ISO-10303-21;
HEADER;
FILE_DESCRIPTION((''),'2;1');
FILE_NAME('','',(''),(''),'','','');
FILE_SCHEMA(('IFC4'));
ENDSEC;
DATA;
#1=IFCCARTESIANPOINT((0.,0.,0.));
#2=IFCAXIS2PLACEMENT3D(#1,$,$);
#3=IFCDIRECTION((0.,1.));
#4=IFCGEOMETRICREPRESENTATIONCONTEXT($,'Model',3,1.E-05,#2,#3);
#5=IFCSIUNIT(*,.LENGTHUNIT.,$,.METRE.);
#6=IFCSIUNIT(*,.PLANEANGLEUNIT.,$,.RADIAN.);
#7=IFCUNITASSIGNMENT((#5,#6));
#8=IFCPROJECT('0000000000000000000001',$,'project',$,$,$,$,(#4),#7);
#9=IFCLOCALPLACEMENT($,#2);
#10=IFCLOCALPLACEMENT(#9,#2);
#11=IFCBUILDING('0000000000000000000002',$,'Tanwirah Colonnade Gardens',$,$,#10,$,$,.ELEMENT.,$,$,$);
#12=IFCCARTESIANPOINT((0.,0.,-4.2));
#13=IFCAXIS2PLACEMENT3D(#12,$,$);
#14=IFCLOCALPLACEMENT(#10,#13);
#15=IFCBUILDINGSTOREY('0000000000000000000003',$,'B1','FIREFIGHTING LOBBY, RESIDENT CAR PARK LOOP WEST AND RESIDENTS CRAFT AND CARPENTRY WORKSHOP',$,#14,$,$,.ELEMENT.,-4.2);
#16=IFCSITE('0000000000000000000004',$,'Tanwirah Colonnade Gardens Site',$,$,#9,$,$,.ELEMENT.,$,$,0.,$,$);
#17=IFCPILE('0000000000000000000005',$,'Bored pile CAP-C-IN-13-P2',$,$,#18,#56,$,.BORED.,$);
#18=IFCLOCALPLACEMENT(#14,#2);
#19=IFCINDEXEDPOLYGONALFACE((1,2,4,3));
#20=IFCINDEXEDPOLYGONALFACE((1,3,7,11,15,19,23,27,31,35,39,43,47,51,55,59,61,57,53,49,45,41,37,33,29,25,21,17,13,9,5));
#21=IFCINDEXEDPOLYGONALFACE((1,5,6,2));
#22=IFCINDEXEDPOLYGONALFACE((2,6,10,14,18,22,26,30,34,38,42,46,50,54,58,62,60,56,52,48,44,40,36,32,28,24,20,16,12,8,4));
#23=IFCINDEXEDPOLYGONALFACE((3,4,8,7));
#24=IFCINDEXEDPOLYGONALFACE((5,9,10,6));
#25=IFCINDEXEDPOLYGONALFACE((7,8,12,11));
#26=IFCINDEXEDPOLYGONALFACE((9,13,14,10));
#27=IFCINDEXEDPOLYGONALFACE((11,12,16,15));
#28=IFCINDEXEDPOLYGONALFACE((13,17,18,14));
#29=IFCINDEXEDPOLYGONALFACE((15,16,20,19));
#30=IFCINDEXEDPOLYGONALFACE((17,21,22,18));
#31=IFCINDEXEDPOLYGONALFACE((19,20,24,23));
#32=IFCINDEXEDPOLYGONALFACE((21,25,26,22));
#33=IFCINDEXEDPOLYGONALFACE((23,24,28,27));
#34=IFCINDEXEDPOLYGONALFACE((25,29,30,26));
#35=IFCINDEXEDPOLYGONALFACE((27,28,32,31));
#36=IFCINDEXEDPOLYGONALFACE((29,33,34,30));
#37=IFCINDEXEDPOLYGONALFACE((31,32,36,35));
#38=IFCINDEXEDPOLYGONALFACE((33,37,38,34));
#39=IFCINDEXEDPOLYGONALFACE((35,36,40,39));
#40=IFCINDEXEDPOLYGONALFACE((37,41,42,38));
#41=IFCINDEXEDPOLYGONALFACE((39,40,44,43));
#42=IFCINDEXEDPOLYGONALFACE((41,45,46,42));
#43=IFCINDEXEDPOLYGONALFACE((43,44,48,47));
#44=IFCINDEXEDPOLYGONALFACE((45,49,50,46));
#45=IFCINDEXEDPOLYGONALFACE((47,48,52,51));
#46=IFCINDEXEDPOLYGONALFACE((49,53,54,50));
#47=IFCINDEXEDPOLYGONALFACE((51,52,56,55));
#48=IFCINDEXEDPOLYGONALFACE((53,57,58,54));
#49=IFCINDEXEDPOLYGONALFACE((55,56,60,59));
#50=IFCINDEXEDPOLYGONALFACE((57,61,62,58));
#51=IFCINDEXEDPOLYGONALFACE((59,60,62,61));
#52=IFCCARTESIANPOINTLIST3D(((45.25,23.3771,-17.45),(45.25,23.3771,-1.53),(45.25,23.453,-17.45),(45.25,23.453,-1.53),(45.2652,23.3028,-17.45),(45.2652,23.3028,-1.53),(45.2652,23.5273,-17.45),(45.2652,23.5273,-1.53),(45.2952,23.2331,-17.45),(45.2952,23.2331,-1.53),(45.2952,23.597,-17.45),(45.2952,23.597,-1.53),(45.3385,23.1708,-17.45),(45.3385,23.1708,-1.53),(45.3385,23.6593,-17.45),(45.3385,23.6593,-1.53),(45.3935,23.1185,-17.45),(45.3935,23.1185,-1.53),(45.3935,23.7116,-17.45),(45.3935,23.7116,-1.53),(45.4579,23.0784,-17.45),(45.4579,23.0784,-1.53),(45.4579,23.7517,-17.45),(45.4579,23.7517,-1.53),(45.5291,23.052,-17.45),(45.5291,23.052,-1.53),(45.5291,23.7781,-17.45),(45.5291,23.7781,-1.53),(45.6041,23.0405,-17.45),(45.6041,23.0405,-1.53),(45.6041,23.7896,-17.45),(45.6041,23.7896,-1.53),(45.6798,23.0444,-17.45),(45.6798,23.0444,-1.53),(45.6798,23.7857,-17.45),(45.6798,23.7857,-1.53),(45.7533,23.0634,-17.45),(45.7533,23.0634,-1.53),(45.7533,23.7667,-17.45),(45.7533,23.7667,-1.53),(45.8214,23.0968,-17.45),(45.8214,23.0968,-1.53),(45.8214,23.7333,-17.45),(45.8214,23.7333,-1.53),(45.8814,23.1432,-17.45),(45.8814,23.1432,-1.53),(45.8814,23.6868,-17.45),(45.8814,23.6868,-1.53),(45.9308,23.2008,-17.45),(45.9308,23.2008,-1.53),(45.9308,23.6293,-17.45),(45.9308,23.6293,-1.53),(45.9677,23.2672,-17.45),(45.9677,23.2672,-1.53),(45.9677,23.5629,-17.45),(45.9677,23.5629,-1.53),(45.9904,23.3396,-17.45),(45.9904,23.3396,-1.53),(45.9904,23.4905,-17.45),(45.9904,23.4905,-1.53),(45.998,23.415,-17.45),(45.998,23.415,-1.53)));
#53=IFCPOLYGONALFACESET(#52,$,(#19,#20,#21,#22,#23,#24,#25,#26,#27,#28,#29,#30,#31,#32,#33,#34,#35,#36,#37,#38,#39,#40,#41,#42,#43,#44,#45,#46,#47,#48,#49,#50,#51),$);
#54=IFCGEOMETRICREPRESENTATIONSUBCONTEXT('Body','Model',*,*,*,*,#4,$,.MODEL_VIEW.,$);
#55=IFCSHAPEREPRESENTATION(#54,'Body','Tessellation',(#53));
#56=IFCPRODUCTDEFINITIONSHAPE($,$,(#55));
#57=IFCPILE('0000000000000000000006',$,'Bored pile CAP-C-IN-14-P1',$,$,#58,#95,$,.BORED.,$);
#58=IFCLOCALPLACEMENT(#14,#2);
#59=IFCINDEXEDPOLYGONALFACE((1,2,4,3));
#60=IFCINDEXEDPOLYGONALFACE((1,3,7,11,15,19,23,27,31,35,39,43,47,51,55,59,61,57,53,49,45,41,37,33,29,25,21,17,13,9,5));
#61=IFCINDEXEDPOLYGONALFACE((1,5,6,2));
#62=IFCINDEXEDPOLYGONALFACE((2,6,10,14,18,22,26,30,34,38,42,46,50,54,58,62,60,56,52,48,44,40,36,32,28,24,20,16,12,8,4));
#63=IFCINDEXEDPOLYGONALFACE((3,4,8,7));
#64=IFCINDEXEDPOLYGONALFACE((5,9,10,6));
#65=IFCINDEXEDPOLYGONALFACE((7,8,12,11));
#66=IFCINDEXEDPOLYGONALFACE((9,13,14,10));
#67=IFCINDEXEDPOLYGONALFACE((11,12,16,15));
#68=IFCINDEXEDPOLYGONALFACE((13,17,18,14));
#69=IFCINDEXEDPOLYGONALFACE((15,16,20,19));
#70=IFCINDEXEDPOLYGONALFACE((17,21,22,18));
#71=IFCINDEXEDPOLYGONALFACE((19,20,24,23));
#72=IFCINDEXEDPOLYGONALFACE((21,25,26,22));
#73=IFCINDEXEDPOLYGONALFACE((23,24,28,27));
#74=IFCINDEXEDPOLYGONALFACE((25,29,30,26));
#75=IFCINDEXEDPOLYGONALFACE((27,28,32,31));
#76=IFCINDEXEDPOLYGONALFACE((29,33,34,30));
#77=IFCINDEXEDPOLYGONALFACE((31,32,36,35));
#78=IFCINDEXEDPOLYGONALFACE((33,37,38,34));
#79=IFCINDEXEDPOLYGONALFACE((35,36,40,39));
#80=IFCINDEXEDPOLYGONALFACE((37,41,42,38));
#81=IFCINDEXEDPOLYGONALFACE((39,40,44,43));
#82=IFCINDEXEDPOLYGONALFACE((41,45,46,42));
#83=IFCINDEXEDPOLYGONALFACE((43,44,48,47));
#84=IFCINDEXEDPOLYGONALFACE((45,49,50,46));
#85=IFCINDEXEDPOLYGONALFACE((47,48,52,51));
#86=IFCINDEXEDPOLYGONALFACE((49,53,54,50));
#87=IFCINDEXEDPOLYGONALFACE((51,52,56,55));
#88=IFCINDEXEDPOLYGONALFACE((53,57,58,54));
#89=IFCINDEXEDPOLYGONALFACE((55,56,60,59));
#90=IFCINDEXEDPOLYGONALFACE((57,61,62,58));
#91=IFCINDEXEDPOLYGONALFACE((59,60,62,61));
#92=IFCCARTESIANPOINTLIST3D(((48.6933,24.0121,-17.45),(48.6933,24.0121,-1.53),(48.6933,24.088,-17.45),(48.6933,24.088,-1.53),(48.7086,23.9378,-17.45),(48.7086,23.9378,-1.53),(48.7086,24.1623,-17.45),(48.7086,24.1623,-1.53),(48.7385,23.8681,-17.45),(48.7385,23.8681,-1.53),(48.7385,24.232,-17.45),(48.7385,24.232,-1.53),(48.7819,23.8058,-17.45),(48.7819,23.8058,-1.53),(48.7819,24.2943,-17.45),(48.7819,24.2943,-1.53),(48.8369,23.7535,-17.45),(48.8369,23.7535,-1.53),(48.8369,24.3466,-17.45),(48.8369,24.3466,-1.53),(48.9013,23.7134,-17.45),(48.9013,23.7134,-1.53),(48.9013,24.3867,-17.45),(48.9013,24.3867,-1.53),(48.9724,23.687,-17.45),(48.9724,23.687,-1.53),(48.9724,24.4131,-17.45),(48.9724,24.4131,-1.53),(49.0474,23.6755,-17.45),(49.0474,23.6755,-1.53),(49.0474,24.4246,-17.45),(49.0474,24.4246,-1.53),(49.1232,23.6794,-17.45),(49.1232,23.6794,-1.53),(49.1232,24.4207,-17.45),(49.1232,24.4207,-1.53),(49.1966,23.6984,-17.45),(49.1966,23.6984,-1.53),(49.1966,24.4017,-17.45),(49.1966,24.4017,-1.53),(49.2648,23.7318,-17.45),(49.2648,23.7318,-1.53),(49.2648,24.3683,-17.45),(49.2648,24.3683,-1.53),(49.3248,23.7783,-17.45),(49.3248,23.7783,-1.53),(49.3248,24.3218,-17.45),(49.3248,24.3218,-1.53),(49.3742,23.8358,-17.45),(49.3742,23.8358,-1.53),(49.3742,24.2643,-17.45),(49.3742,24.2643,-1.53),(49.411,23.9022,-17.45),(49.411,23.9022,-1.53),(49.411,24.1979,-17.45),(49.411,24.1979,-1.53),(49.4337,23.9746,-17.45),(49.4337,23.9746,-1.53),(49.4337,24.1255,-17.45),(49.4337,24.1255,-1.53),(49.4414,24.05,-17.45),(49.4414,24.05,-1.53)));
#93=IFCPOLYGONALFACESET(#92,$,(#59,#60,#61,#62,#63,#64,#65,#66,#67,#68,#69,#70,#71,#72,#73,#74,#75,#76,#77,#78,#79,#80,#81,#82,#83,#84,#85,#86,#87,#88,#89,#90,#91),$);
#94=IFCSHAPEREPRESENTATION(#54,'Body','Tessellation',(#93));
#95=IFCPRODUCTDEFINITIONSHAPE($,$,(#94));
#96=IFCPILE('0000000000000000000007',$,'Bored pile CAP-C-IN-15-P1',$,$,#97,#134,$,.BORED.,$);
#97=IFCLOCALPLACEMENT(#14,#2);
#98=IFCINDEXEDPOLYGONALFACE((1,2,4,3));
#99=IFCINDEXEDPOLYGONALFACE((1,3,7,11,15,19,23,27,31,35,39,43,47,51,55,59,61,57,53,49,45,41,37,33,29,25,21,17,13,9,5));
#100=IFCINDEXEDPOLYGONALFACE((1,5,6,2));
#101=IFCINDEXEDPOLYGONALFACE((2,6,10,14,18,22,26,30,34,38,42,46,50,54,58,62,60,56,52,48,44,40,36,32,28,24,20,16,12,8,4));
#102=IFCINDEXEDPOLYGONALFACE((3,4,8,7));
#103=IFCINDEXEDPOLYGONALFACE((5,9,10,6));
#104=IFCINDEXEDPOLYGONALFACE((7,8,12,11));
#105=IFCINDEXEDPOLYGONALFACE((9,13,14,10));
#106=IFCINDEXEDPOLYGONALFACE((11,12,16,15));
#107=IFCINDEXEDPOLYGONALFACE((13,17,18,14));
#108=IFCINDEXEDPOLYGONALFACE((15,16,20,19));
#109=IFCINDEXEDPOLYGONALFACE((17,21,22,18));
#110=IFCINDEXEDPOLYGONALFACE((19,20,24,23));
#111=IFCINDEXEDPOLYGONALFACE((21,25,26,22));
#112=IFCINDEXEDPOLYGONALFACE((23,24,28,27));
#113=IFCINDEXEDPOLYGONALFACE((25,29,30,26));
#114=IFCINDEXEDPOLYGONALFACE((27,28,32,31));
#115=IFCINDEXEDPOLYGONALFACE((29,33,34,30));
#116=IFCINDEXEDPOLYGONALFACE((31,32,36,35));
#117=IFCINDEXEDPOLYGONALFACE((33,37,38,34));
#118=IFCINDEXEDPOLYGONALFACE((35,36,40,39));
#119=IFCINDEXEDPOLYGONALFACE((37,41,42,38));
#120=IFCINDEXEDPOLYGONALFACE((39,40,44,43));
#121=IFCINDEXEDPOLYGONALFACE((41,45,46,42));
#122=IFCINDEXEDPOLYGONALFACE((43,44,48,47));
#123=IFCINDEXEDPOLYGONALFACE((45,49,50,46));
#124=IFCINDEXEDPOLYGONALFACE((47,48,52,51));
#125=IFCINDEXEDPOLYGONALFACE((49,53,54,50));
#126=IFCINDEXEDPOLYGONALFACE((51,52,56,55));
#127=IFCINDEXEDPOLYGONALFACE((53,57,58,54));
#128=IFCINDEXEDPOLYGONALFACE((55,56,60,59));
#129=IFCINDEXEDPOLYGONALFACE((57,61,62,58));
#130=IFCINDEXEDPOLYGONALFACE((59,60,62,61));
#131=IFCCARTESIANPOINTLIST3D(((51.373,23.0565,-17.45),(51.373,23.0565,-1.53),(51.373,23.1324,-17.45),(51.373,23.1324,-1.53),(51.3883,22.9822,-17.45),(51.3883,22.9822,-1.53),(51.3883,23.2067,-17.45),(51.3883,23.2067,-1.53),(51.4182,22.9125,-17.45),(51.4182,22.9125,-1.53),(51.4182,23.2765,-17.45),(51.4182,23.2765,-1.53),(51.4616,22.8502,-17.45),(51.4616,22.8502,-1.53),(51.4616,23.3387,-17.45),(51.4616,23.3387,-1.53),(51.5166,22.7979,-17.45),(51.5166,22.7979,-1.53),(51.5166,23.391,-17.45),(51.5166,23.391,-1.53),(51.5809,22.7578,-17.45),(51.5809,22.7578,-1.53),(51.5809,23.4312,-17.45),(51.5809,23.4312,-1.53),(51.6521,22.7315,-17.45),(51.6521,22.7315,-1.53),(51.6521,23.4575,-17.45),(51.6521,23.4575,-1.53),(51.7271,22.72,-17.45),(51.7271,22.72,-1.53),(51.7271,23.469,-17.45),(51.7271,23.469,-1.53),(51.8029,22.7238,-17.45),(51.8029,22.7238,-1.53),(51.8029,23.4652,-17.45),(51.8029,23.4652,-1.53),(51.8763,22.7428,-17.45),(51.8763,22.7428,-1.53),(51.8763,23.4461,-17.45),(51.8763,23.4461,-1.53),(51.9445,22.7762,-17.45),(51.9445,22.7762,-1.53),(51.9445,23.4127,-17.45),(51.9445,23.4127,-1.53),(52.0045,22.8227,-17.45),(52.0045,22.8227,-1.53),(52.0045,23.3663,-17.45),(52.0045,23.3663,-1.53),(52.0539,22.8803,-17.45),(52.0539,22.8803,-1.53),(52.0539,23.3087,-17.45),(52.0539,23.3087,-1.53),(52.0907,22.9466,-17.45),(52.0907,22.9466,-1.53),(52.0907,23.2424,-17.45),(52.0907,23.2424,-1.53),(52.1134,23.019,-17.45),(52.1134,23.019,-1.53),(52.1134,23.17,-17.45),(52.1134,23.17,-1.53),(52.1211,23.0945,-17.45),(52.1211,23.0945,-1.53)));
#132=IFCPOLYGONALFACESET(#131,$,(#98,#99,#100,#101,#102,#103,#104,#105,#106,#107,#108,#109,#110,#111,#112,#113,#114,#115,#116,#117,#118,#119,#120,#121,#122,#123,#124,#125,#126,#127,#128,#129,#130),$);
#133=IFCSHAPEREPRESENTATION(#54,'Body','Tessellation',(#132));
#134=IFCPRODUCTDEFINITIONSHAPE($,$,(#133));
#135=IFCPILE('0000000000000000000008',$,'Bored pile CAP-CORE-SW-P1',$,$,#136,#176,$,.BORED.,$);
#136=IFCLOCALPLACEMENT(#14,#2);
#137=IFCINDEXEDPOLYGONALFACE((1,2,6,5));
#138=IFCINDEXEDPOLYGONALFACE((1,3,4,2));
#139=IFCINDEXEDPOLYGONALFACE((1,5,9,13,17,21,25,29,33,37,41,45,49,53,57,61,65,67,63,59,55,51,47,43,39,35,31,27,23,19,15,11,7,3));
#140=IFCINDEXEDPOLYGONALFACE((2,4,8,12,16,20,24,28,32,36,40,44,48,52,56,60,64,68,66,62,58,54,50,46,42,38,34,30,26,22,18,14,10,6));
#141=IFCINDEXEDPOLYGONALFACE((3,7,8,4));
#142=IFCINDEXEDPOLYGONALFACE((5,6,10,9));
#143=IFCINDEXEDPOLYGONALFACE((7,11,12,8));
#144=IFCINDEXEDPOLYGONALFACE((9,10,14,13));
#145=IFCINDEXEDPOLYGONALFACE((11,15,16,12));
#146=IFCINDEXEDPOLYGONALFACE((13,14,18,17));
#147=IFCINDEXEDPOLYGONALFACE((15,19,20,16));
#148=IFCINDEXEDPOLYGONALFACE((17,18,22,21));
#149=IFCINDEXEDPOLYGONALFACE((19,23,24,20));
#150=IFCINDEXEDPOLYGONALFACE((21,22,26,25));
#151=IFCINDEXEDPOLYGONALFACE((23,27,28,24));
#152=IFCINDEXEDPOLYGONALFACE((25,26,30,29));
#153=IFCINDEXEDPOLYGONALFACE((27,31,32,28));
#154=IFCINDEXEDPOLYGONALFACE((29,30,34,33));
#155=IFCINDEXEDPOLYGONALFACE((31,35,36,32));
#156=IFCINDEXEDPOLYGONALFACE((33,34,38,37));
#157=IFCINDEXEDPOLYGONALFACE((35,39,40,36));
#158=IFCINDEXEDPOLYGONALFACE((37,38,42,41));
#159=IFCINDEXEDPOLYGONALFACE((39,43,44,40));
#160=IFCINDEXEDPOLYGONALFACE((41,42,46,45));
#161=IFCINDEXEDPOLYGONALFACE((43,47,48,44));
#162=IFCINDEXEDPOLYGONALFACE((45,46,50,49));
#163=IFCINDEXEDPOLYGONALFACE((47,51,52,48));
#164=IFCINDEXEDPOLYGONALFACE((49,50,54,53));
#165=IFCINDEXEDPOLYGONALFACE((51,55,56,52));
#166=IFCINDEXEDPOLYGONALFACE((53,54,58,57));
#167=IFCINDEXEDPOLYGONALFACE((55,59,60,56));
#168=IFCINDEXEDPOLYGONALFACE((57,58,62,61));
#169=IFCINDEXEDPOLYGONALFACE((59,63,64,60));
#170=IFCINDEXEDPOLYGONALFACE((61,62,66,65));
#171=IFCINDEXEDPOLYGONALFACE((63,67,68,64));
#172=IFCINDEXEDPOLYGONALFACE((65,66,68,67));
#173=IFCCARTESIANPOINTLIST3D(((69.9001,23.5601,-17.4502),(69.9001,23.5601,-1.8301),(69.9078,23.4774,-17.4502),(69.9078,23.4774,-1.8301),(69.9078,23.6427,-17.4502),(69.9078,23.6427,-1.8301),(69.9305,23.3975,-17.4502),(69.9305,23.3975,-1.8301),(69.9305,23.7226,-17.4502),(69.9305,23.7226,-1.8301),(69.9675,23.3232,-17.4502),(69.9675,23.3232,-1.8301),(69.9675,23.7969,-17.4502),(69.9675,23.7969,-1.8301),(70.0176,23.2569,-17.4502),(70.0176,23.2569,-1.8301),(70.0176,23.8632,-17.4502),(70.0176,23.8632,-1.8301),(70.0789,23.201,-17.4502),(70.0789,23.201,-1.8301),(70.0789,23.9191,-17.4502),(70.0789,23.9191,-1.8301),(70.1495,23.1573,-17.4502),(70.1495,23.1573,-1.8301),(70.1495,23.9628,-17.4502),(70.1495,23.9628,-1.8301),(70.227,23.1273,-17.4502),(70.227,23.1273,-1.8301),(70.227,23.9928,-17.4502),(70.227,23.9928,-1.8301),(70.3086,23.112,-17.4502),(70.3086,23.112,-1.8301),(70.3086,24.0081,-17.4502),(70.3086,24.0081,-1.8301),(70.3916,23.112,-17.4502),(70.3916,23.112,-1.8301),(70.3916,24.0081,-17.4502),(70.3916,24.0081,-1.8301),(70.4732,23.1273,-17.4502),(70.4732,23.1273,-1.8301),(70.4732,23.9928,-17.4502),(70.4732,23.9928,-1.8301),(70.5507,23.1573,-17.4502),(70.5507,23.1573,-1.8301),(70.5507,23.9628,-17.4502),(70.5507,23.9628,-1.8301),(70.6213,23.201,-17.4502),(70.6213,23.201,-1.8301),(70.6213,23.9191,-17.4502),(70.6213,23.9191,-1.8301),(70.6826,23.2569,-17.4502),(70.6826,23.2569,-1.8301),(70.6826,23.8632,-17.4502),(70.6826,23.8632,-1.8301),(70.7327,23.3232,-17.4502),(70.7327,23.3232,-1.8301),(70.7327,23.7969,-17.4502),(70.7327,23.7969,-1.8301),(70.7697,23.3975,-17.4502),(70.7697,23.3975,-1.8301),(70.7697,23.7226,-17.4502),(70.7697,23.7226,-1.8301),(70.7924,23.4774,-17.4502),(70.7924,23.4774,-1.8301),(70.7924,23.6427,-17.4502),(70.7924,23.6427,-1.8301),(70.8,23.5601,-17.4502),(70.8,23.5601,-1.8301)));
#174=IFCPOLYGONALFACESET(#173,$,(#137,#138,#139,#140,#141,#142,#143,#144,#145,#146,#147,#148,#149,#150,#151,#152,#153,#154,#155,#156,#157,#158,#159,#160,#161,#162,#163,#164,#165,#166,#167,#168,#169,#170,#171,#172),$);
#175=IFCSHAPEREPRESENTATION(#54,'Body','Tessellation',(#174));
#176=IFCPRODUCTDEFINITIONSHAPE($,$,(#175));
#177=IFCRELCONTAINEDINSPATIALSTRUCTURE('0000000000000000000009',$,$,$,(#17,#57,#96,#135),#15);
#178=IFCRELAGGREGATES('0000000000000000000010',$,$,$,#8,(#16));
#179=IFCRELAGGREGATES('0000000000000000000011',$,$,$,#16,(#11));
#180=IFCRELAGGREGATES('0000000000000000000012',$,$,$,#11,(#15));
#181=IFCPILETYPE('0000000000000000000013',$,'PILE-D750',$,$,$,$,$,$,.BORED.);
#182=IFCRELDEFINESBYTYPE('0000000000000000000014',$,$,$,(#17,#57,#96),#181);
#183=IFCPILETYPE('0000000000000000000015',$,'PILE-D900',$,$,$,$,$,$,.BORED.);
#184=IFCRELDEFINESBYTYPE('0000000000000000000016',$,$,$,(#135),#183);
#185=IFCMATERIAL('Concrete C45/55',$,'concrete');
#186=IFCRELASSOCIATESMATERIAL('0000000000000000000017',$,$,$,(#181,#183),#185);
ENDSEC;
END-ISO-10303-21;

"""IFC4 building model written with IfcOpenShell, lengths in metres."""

from ifc_helpers import new_model, si_unit, direction, frame, origin, origin_2d, place, context, subcontext, project, spatial, circle, extrude, material, material_profile, profile_set, type_object, element, save


model = new_model("IFC4")

# Units and contexts
model_context = context("Model", 3, precision=1e-05, world=origin(), true_north=direction((0.0, 1.0)))
body_context = subcontext(model_context, "Body", "Model", "MODEL_VIEW")
ifc_project = project(units=[si_unit("LENGTHUNIT", "METRE"), si_unit("PLANEANGLEUNIT", "RADIAN")], contexts=[model_context])

# Site, building, storey
site_placement = place(None, origin())
site = spatial("IfcSite", under=ifc_project, at=site_placement, Name="Tanwirah Colonnade Gardens Site", CompositionType="ELEMENT", RefElevation=0.0)
building_placement = place(site_placement, origin())
building = spatial("IfcBuilding", under=site, at=building_placement, Name="Tanwirah Colonnade Gardens", CompositionType="ELEMENT")
storey_placement = place(building_placement, frame((0.0, 0.0, -4.2)))
storey = spatial("IfcBuildingStorey", under=building, at=storey_placement, Name="B1", Description="FIREFIGHTING LOBBY, RESIDENT CAR PARK LOOP WEST AND RESIDENTS CRAFT AND CARPENTRY WORKSHOP", CompositionType="ELEMENT", Elevation=-4.2)

# Shared definitions
ifc_material_1 = material(Name="Concrete C45/55", Category="concrete")

# Piles
ifc_material_profile_1 = material_profile(ifc_material_1, circle(Radius=0.375, at=origin_2d()), Name="PILE D750")
ifc_profile_set_1 = profile_set([ifc_material_profile_1], Name="Concrete C45/55")
pile_type_1 = type_object("IfcPileType", Name="PILE-D750", PredefinedType="BORED", material=ifc_profile_set_1)
for number, where, z_axis, x_axis, name in (
    (1, (45.623, 23.415, -1.53), (0.0, 0.0, -1.0), (1.0, 0.0, 0.0), "Bored pile CAP-C-IN-13-P2"),
    (2, (49.0664, 24.05, -1.53), (0.0, 0.0, -1.0), (1.0, 0.0, 0.0), "Bored pile CAP-C-IN-14-P1"),
    (3, (51.7461, 23.0945, -1.53), (0.0, 0.0, -1.0), (1.0, 0.0, 0.0), "Bored pile CAP-C-IN-15-P1"),
):
    element("IfcPile", number, at=place(storey_placement, frame(where, z_axis=z_axis, x_axis=x_axis)), inside=storey, type_object=pile_type_1, Name=name, PredefinedType="BORED", context=body_context, shape_type="SweptSolid", body=[
        extrude(circle(Radius=0.375, at=origin_2d()), origin(), (0.0, 0.0, 1.0), 15.9199),
    ])
ifc_material_profile_2 = material_profile(ifc_material_1, circle(Radius=0.45, at=origin_2d()), Name="PILE D900")
ifc_profile_set_2 = profile_set([ifc_material_profile_2], Name="Concrete C45/55")
pile_type_2 = type_object("IfcPileType", Name="PILE-D900", PredefinedType="BORED", material=ifc_profile_set_2)
for number, where, z_axis, x_axis, name in (
    (4, (70.3501, 23.5601, -1.8301), (0.0, 0.0, -1.0), (1.0, 0.0, 0.0), "Bored pile CAP-CORE-SW-P1"),
):
    element("IfcPile", number, at=place(storey_placement, frame(where, z_axis=z_axis, x_axis=x_axis)), inside=storey, type_object=pile_type_2, Name=name, PredefinedType="BORED", context=body_context, shape_type="SweptSolid", body=[
        extrude(circle(Radius=0.45, at=origin_2d()), origin(), (0.0, 0.0, 1.0), 15.6201),
    ])

save(model, "model.ifc")
